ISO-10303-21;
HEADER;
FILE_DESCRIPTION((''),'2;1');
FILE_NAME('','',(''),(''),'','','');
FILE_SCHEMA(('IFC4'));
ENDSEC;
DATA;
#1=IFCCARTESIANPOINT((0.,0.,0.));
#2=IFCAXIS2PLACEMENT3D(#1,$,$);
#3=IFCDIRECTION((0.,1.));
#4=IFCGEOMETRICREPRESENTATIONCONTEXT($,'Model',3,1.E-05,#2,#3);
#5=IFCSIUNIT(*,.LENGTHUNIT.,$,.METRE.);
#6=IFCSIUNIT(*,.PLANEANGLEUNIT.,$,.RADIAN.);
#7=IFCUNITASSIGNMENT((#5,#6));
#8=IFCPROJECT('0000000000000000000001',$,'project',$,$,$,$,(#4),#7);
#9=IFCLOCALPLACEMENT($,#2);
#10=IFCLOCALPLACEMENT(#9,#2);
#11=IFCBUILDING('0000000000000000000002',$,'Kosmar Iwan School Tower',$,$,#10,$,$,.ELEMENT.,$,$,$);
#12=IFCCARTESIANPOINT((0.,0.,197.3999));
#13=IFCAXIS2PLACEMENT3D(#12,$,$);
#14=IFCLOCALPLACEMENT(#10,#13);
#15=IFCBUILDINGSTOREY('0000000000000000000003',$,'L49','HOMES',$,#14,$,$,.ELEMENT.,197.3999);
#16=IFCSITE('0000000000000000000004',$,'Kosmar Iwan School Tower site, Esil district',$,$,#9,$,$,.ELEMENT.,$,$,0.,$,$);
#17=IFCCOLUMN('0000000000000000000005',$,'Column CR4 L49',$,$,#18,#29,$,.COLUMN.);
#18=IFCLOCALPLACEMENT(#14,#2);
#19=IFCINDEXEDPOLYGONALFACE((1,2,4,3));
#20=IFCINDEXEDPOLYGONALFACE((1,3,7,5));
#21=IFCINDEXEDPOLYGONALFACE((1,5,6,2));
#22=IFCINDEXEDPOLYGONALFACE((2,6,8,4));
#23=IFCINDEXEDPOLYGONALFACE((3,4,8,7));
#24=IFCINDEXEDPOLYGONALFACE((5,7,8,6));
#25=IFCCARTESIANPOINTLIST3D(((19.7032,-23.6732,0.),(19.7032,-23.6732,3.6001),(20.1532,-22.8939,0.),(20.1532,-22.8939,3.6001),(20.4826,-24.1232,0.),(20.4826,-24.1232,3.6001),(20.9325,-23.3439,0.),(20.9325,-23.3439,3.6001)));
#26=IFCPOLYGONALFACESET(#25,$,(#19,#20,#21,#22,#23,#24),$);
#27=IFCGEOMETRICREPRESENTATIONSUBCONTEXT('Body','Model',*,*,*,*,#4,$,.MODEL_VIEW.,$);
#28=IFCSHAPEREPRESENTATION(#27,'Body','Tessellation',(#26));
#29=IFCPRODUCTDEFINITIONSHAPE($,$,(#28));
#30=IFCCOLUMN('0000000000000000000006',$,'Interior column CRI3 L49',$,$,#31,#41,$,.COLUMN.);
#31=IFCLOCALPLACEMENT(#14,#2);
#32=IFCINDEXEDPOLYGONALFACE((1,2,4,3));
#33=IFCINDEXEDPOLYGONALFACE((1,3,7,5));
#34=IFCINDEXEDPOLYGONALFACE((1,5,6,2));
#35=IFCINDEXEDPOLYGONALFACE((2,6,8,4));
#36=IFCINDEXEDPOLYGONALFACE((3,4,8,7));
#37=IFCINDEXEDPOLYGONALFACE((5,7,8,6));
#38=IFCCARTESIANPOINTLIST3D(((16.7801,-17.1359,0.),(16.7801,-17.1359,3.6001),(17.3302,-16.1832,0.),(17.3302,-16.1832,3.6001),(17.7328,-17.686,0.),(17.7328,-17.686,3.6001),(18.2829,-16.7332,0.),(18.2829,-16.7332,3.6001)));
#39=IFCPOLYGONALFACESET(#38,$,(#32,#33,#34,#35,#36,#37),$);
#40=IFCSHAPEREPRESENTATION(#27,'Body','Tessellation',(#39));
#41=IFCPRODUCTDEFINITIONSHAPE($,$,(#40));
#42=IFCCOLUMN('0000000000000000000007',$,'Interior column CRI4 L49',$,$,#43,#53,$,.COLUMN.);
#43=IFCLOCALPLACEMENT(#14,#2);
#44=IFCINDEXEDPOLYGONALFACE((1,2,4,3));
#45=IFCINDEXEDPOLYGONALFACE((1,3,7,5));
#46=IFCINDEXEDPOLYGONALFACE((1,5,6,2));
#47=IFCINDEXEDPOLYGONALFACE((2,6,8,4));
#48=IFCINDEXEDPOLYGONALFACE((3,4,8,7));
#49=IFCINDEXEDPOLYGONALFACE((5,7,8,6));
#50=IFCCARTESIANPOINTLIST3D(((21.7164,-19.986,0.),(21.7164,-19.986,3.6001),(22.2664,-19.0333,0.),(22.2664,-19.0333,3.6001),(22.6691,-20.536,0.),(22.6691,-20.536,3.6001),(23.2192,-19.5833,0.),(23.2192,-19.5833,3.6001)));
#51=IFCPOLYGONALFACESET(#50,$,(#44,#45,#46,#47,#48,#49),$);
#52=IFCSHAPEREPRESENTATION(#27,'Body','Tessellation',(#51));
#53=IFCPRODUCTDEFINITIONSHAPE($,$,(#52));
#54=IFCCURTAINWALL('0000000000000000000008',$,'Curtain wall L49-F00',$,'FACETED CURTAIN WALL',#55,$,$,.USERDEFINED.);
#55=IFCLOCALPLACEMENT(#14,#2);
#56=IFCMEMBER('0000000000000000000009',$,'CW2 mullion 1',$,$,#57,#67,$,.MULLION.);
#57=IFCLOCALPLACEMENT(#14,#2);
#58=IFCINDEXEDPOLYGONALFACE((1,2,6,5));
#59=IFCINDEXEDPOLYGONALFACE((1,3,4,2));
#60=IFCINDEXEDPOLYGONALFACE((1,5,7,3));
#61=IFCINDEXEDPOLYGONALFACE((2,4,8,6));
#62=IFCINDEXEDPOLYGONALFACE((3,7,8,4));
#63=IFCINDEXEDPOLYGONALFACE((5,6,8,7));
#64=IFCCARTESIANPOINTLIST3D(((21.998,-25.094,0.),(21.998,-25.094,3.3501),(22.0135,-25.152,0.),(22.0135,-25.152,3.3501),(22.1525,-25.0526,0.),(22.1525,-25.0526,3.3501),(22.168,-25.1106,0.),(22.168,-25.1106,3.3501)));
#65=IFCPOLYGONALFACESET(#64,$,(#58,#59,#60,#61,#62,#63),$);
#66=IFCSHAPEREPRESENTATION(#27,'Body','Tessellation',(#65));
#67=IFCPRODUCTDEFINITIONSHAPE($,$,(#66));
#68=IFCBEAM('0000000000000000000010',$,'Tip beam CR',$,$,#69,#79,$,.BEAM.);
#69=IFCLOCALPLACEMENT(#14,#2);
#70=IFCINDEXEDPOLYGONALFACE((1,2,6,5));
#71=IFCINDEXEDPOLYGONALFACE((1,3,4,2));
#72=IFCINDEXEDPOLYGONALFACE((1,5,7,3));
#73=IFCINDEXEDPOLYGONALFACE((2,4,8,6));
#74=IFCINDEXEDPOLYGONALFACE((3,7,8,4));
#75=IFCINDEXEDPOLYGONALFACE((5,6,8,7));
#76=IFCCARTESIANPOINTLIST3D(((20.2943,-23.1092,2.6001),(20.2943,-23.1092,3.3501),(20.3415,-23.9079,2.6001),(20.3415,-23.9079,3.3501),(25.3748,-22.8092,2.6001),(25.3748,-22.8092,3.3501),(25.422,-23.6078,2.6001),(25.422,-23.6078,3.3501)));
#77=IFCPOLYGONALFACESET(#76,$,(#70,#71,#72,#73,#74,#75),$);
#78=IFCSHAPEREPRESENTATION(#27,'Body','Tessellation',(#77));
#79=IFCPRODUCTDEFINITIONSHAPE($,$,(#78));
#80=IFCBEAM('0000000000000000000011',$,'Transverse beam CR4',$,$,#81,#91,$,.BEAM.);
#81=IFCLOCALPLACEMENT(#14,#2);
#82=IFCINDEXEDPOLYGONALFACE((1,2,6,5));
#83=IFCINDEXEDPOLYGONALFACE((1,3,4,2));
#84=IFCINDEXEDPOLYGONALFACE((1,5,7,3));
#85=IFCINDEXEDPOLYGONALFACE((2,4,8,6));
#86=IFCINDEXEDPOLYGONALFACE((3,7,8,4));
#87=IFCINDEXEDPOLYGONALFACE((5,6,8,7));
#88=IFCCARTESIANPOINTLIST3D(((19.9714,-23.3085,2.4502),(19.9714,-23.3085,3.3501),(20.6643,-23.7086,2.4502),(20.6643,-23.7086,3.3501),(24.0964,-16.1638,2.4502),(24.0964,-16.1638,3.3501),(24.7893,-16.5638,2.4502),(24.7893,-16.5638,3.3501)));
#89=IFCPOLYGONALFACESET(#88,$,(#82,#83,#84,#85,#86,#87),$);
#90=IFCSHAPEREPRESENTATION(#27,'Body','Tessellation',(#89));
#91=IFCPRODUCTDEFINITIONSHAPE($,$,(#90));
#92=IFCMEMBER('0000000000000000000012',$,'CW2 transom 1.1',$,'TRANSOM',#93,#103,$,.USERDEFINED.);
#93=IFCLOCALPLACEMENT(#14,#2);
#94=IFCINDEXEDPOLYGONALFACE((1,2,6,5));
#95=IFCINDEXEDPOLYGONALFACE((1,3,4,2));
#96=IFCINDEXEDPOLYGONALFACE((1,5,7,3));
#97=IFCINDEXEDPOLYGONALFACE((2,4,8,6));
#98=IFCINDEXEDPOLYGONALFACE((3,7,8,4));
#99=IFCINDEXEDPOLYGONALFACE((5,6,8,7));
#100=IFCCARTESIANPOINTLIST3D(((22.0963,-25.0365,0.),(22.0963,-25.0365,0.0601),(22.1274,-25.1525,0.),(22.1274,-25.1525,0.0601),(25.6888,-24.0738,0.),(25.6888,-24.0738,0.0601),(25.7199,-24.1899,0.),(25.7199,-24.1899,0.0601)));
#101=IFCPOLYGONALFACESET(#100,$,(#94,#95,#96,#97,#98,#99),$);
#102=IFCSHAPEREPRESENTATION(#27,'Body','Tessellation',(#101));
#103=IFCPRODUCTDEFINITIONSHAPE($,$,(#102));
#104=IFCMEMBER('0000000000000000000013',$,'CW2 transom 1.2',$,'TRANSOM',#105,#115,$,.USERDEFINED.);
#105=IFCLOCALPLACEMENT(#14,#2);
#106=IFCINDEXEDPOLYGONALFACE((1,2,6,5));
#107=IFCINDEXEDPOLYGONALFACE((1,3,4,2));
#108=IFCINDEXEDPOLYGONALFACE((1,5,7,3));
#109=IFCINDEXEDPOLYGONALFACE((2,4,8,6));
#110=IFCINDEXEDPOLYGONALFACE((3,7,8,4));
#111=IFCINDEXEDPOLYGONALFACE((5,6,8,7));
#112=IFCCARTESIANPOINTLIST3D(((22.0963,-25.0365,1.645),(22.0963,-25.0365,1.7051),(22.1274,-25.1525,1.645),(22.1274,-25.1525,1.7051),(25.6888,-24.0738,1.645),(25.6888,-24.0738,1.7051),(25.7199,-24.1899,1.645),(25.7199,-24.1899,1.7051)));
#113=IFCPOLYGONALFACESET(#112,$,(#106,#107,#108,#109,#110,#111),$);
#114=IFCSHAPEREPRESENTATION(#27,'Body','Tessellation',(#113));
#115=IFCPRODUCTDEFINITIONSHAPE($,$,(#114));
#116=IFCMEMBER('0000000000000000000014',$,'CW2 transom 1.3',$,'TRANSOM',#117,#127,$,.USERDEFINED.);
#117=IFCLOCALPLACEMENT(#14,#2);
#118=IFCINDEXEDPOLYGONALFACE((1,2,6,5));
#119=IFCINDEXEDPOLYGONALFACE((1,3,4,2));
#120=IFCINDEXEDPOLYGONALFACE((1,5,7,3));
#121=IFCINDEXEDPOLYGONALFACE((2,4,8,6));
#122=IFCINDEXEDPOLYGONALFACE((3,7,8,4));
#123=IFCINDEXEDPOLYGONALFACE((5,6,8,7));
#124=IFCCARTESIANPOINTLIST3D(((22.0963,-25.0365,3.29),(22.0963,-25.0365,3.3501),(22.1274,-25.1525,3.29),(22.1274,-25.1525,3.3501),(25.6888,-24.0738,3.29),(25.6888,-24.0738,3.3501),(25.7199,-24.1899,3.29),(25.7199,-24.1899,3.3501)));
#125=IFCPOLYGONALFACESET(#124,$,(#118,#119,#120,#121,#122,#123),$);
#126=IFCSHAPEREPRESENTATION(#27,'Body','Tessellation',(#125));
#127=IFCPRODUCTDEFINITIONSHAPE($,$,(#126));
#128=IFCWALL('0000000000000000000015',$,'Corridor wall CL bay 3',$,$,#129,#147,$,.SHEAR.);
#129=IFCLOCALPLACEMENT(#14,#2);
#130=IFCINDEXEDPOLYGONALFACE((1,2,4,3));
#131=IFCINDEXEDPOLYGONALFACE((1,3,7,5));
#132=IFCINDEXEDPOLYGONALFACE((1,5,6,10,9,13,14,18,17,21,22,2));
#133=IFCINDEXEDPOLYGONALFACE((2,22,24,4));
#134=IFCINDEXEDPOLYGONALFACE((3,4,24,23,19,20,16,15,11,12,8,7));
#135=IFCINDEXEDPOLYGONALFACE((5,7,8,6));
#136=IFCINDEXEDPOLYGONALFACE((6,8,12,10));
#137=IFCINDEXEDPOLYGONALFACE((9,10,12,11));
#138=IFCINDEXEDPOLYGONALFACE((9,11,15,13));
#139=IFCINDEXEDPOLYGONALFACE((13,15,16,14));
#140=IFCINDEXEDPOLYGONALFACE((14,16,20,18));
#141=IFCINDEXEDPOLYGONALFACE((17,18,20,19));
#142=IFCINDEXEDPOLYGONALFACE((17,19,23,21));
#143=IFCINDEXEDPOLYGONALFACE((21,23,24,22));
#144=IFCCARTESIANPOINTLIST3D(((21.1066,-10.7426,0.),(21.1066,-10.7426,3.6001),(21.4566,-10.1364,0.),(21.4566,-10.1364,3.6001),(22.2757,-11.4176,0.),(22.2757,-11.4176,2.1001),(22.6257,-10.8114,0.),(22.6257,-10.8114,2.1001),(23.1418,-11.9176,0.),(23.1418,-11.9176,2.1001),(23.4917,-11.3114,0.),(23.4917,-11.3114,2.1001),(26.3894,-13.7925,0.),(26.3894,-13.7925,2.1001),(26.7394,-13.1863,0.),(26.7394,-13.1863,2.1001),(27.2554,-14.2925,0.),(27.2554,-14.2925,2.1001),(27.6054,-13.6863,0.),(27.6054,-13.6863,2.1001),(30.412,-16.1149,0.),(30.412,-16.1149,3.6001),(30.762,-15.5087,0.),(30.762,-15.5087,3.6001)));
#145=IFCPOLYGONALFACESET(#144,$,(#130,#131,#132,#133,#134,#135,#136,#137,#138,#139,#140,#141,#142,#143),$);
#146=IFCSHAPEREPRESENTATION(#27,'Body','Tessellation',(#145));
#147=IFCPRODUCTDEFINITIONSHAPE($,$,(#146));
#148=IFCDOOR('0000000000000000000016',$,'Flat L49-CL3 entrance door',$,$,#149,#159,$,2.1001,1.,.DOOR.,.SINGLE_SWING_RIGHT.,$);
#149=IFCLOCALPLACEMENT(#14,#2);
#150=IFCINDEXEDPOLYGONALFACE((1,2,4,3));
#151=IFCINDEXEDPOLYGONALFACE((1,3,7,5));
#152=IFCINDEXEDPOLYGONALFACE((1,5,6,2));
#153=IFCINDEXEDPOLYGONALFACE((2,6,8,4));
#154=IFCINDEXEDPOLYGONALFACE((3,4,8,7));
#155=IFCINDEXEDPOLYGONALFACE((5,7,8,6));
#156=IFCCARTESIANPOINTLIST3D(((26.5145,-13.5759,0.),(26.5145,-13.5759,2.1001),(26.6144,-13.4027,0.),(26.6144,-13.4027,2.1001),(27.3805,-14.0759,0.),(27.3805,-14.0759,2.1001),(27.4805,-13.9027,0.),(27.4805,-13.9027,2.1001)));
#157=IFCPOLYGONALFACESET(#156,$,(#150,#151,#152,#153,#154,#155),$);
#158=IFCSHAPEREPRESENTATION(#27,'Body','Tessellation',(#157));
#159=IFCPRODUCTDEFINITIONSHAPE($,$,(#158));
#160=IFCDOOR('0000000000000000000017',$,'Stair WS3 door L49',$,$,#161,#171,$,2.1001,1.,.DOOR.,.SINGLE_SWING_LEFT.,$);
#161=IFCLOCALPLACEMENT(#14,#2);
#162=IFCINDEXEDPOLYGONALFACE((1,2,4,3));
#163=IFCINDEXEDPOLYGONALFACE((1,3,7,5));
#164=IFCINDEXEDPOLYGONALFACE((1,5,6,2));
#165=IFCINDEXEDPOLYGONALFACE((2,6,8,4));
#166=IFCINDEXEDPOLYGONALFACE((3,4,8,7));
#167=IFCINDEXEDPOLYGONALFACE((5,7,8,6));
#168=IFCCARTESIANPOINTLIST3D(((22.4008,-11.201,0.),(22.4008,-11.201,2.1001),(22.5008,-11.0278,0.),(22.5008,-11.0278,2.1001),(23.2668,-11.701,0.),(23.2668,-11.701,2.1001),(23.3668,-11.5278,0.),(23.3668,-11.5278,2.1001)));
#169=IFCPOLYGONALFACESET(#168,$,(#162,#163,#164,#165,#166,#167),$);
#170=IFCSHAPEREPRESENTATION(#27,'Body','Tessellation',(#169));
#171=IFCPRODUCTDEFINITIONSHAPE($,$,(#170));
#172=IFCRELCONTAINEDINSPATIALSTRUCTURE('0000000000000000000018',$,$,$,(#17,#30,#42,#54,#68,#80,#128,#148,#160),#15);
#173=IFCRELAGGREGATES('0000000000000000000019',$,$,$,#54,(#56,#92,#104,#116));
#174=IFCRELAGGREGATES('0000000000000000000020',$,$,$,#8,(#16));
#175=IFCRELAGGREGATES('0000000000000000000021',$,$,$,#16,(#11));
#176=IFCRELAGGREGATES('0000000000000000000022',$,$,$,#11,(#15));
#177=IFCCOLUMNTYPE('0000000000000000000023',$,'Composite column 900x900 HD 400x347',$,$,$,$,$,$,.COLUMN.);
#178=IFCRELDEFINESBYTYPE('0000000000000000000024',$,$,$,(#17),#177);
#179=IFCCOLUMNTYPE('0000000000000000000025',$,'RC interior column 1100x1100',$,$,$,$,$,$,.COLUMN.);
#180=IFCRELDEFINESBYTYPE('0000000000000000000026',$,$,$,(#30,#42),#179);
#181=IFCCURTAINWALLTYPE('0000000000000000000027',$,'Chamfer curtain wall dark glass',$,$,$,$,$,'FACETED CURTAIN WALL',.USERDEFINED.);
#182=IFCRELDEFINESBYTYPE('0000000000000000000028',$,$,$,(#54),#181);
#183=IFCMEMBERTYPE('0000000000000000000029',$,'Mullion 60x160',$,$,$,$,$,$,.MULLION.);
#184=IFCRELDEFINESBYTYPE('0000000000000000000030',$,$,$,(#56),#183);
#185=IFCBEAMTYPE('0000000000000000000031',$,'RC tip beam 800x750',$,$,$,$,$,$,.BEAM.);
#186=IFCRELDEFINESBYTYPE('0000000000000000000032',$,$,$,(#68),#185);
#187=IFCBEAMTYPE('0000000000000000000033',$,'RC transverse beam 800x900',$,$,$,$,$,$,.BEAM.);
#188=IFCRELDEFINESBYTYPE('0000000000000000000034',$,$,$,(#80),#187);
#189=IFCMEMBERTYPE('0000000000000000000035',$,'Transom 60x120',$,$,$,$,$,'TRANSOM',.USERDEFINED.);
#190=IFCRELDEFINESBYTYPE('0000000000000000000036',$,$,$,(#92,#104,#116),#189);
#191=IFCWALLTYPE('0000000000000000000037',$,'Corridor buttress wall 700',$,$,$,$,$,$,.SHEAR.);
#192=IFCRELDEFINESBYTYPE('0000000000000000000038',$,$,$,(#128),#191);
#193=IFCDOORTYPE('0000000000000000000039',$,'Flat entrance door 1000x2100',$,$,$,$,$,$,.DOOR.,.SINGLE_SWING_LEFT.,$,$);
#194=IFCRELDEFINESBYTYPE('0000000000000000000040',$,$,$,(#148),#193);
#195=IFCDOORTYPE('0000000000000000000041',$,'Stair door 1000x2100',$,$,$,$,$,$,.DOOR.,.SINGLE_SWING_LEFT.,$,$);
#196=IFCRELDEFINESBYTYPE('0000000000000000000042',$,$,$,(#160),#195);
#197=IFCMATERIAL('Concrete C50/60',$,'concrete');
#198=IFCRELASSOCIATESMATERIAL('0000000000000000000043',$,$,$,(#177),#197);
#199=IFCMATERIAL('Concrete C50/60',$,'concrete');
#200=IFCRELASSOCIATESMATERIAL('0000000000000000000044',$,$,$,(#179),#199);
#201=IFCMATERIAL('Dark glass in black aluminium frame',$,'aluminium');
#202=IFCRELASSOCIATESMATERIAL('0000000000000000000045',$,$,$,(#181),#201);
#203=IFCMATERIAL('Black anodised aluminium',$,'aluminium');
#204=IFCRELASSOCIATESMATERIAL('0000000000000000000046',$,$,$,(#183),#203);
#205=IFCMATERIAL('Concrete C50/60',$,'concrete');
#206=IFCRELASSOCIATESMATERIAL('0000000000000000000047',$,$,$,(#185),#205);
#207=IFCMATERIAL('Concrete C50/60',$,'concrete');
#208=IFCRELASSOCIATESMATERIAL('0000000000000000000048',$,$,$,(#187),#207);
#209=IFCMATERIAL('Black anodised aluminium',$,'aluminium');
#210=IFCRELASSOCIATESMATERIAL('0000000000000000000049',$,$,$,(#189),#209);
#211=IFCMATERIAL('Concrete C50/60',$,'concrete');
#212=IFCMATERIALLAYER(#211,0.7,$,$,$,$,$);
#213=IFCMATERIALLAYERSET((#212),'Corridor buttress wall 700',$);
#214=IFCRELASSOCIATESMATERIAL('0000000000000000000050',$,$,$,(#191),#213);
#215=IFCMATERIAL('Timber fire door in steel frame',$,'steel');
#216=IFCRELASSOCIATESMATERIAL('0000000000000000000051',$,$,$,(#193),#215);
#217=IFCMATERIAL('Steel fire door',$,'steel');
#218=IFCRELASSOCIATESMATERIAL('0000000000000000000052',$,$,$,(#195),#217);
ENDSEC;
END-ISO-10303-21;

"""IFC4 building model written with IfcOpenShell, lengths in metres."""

from ifc_helpers import new_model, si_unit, direction, frame, frame_2d, origin, origin_2d, place, context, subcontext, project, spatial, rectangle, extrude, material, layer, layer_set, material_profile, profile_set, type_object, element, fill, aggregate, save


model = new_model("IFC4")

# Units and contexts
model_context = context("Model", 3, precision=1e-05, world=origin(), true_north=direction((0.0, 1.0)))
body_context = subcontext(model_context, "Body", "Model", "MODEL_VIEW")
ifc_project = project(units=[si_unit("LENGTHUNIT", "METRE"), si_unit("PLANEANGLEUNIT", "RADIAN")], contexts=[model_context])

# Site, building, storey
site_placement = place(None, origin())
site = spatial("IfcSite", under=ifc_project, at=site_placement, Name="Kosmar Iwan School Tower site, Esil district", CompositionType="ELEMENT", RefElevation=0.0)
building_placement = place(site_placement, origin())
building = spatial("IfcBuilding", under=site, at=building_placement, Name="Kosmar Iwan School Tower", CompositionType="ELEMENT")
storey_placement = place(building_placement, frame((0.0, 0.0, 197.3999)))
storey = spatial("IfcBuildingStorey", under=building, at=storey_placement, Name="L49", Description="HOMES", CompositionType="ELEMENT", Elevation=197.3999)

# Columns
ifc_material_1 = material(Name="Concrete C50/60", Category="concrete")
ifc_material_profile_1 = material_profile(ifc_material_1, rectangle(XDim=0.8999, YDim=0.8999, at=origin_2d()), Name="RC 900x900 + HD 400x347")
ifc_profile_set_1 = profile_set([ifc_material_profile_1], Name="Concrete C50/60")
column_type_1 = type_object("IfcColumnType", Name="Composite column 900x900 HD 400x347", PredefinedType="COLUMN", material=ifc_profile_set_1)
column_placement = place(storey_placement, frame((20.3179, -23.5085, 0.0), z_axis=(0.0, 0.0, 1.0), x_axis=(0.866025, -0.5, 0.0)))
element("IfcColumn", 1, at=column_placement, inside=storey, type_object=column_type_1, Name="Column CR4 L49", PredefinedType="COLUMN", context=body_context, shape_type="SweptSolid", body=[
    extrude(rectangle(XDim=0.8999, YDim=0.8999, at=origin_2d()), origin(), (0.0, 0.0, 1.0), 3.6001),
])
ifc_material_2 = material(Name="Concrete C50/60", Category="concrete")
ifc_material_profile_2 = material_profile(ifc_material_2, rectangle(XDim=1.1001, YDim=1.1001, at=origin_2d()), Name="RC 1100x1100")
ifc_profile_set_2 = profile_set([ifc_material_profile_2], Name="Concrete C50/60")
column_type_2 = type_object("IfcColumnType", Name="RC interior column 1100x1100", PredefinedType="COLUMN", material=ifc_profile_set_2)
for number, where, z_axis, x_axis, name in (
    (2, (17.5315, -16.9346, 0.0), (0.0, 0.0, 1.0), (0.866025, -0.5, 0.0), "Interior column CRI3 L49"),
    (3, (22.4678, -19.7847, 0.0), (0.0, 0.0, 1.0), (0.866025, -0.5, 0.0), "Interior column CRI4 L49"),
):
    element("IfcColumn", number, at=place(storey_placement, frame(where, z_axis=z_axis, x_axis=x_axis)), inside=storey, type_object=column_type_2, Name=name, PredefinedType="COLUMN", context=body_context, shape_type="SweptSolid", body=[
        extrude(rectangle(XDim=1.1001, YDim=1.1001, at=origin_2d()), origin(), (0.0, 0.0, 1.0), 3.6001),
    ])

# Curtain wall, member
ifc_material_3 = material(Name="Dark glass in black aluminium frame", Category="aluminium")
curtain_wall_type = type_object("IfcCurtainWallType", Name="Chamfer curtain wall dark glass", ElementType="FACETED CURTAIN WALL", PredefinedType="USERDEFINED", material=ifc_material_3)
curtain_wall_placement = place(storey_placement, origin())
curtain_wall = element("IfcCurtainWall", 4, at=curtain_wall_placement, inside=storey, type_object=curtain_wall_type, Name="Curtain wall L49-F00", ObjectType="FACETED CURTAIN WALL", PredefinedType="USERDEFINED")
ifc_material_4 = material(Name="Black anodised aluminium", Category="aluminium")
ifc_material_profile_3 = material_profile(ifc_material_4, rectangle(XDim=0.0601, YDim=0.1599, at=origin_2d()), Name="MULLION 60x160")
ifc_profile_set_3 = profile_set([ifc_material_profile_3], Name="Black anodised aluminium")
member_type_1 = type_object("IfcMemberType", Name="Mullion 60x160", PredefinedType="MULLION", material=ifc_profile_set_3)
member_1_placement = place(storey_placement, frame((22.083, -25.1023, 0.0), z_axis=(0.0, 0.0, 1.0), x_axis=(-0.258819, 0.965926, 0.0)))
member_1 = element("IfcMember", 5, at=member_1_placement, type_object=member_type_1, Name="CW2 mullion 1", PredefinedType="MULLION", context=body_context, shape_type="SweptSolid", body=[
    extrude(rectangle(XDim=0.0601, YDim=0.1599, at=origin_2d()), origin(), (0.0, 0.0, 1.0), 3.3501),
])

# Beams
ifc_material_5 = material(Name="Concrete C50/60", Category="concrete")
ifc_material_profile_4 = material_profile(ifc_material_5, rectangle(XDim=0.8, YDim=0.75, at=origin_2d()), Name="RC 800x750")
ifc_profile_set_4 = profile_set([ifc_material_profile_4], Name="Concrete C50/60")
beam_type_1 = type_object("IfcBeamType", Name="RC tip beam 800x750", PredefinedType="BEAM", material=ifc_profile_set_4)
beam_1_placement = place(storey_placement, frame((20.3179, -23.5085, 2.9751), z_axis=(0.998261, 0.058955, 0.0), x_axis=(-0.058955, 0.998261, 0.0)))
element("IfcBeam", 6, at=beam_1_placement, inside=storey, type_object=beam_type_1, Name="Tip beam CR", PredefinedType="BEAM", context=body_context, shape_type="SweptSolid", body=[
    extrude(rectangle(XDim=0.8, YDim=0.75, at=origin_2d()), origin(), (0.0, 0.0, 1.0), 5.0894),
])
ifc_material_6 = material(Name="Concrete C50/60", Category="concrete")
ifc_material_profile_5 = material_profile(ifc_material_6, rectangle(XDim=0.8, YDim=0.8999, at=origin_2d()), Name="RC 800x900")
ifc_profile_set_5 = profile_set([ifc_material_profile_5], Name="Concrete C50/60")
beam_type_2 = type_object("IfcBeamType", Name="RC transverse beam 800x900", PredefinedType="BEAM", material=ifc_profile_set_5)
beam_2_placement = place(storey_placement, frame((20.3179, -23.5085, 2.9001), z_axis=(0.499997, 0.866027, 0.0), x_axis=(-0.866027, 0.499997, 0.0)))
element("IfcBeam", 7, at=beam_2_placement, inside=storey, type_object=beam_type_2, Name="Transverse beam CR4", PredefinedType="BEAM", context=body_context, shape_type="SweptSolid", body=[
    extrude(rectangle(XDim=0.8, YDim=0.8999, at=origin_2d()), origin(), (0.0, 0.0, 1.0), 8.25),
])

# Members
ifc_material_7 = material(Name="Black anodised aluminium", Category="aluminium")
ifc_material_profile_6 = material_profile(ifc_material_7, rectangle(XDim=0.1201, YDim=0.0601, at=origin_2d()), Name="TRANSOM 60x120")
ifc_profile_set_6 = profile_set([ifc_material_profile_6], Name="Black anodised aluminium")
member_type_2 = type_object("IfcMemberType", Name="Transom 60x120", ElementType="TRANSOM", PredefinedType="USERDEFINED", material=ifc_profile_set_6)
member_2_placement = place(storey_placement, frame((22.1118, -25.0945, 0.03), z_axis=(0.965924, 0.258827, 0.0), x_axis=(-0.258827, 0.965924, 0.0)))
member_2 = element("IfcMember", 8, at=member_2_placement, type_object=member_type_2, Name="CW2 transom 1.1", ObjectType="TRANSOM", PredefinedType="USERDEFINED", context=body_context, shape_type="SweptSolid", body=[
    extrude(rectangle(XDim=0.1201, YDim=0.0601, at=origin_2d()), origin(), (0.0, 0.0, 1.0), 3.7192),
])
member_3_placement = place(storey_placement, frame((22.1118, -25.0945, 1.675), z_axis=(0.965924, 0.258827, 0.0), x_axis=(-0.258827, 0.965924, 0.0)))
member_3 = element("IfcMember", 9, at=member_3_placement, type_object=member_type_2, Name="CW2 transom 1.2", ObjectType="TRANSOM", PredefinedType="USERDEFINED", context=body_context, shape_type="SweptSolid", body=[
    extrude(rectangle(XDim=0.1201, YDim=0.0601, at=origin_2d()), origin(), (0.0, 0.0, 1.0), 3.7192),
])
member_4_placement = place(storey_placement, frame((22.1118, -25.0945, 3.3201), z_axis=(0.965924, 0.258827, 0.0), x_axis=(-0.258827, 0.965924, 0.0)))
member_4 = element("IfcMember", 10, at=member_4_placement, type_object=member_type_2, Name="CW2 transom 1.3", ObjectType="TRANSOM", PredefinedType="USERDEFINED", context=body_context, shape_type="SweptSolid", body=[
    extrude(rectangle(XDim=0.1201, YDim=0.0601, at=origin_2d()), origin(), (0.0, 0.0, 1.0), 3.7192),
])
aggregate(curtain_wall, [member_1, member_2, member_3, member_4])

# Wall, openings, doors
ifc_material_8 = material(Name="Concrete C50/60", Category="concrete")
ifc_layer_1 = layer(ifc_material_8, 0.7)
ifc_layer_set_1 = layer_set([ifc_layer_1], Name="Corridor buttress wall 700")
wall_type_1 = type_object("IfcWallType", Name="Corridor buttress wall 700", PredefinedType="SHEAR", material=ifc_layer_set_1)
wall_1_placement = place(storey_placement, frame((21.2815, -10.4395, 0.0), z_axis=(0.0, 0.0, 1.0), x_axis=(0.866032, -0.499988, 0.0)))
wall_1 = element("IfcWall", 11, at=wall_1_placement, inside=storey, type_object=wall_type_1, Name="Corridor wall CL bay 3", PredefinedType="SHEAR", context=body_context, shape_type="SweptSolid", body=[
    extrude(rectangle(XDim=10.7449, YDim=0.7, at=frame_2d((5.3726, 0.0))), origin(), (0.0, 0.0, 1.0), 3.6001),
])
opening_1_placement = place(wall_1_placement, frame((6.1001, 0.0, 0.0)))
opening_1 = element("IfcOpeningElement", 12, at=opening_1_placement, cuts=wall_1, PredefinedType="OPENING", context=body_context, shape_type="SweptSolid", body=[
    extrude(rectangle(XDim=1.0, YDim=2.1001, at=frame_2d((0.5, 1.05))), frame((0.0, 0.3621, 0.0), z_axis=(0.0, -1.0, 0.0), x_axis=(1.0, 0.0, 0.0)), (0.0, 0.0, 1.0), 0.7239),
])
opening_2_placement = place(wall_1_placement, frame((1.3501, 0.0, 0.0)))
opening_2 = element("IfcOpeningElement", 13, at=opening_2_placement, cuts=wall_1, PredefinedType="OPENING", context=body_context, shape_type="SweptSolid", body=[
    extrude(rectangle(XDim=1.0, YDim=2.1001, at=frame_2d((0.5, 1.05))), frame((0.0, 0.3621, 0.0), z_axis=(0.0, -1.0, 0.0), x_axis=(1.0, 0.0, 0.0)), (0.0, 0.0, 1.0), 0.7239),
])
ifc_material_9 = material(Name="Timber fire door in steel frame", Category="steel")
door_type_1 = type_object("IfcDoorType", Name="Flat entrance door 1000x2100", OperationType="SINGLE_SWING_LEFT", PredefinedType="DOOR", material=ifc_material_9)
door_1_placement = place(opening_1_placement, origin())
door_1 = element("IfcDoor", 14, at=door_1_placement, inside=storey, type_object=door_type_1, Name="Flat L49-CL3 entrance door", OperationType="SINGLE_SWING_RIGHT", OverallHeight=2.1001, OverallWidth=1.0, PredefinedType="DOOR", context=body_context, shape_type="SweptSolid", body=[
    extrude(rectangle(XDim=1.0, YDim=2.1001, at=frame_2d((0.5, 1.05))), frame((0.0, 0.1001, 0.0), z_axis=(0.0, -1.0, 0.0), x_axis=(1.0, 0.0, 0.0)), (0.0, 0.0, 1.0), 0.2),
])
fill(opening_1, door_1)
ifc_material_10 = material(Name="Steel fire door", Category="steel")
door_type_2 = type_object("IfcDoorType", Name="Stair door 1000x2100", OperationType="SINGLE_SWING_LEFT", PredefinedType="DOOR", material=ifc_material_10)
door_2_placement = place(opening_2_placement, origin())
door_2 = element("IfcDoor", 15, at=door_2_placement, inside=storey, type_object=door_type_2, Name="Stair WS3 door L49", OperationType="SINGLE_SWING_LEFT", OverallHeight=2.1001, OverallWidth=1.0, PredefinedType="DOOR", context=body_context, shape_type="SweptSolid", body=[
    extrude(rectangle(XDim=1.0, YDim=2.1001, at=frame_2d((0.5, 1.05))), frame((0.0, 0.1001, 0.0), z_axis=(0.0, -1.0, 0.0), x_axis=(1.0, 0.0, 0.0)), (0.0, 0.0, 1.0), 0.2),
])
fill(opening_2, door_2)

save(model, "model.ifc")
